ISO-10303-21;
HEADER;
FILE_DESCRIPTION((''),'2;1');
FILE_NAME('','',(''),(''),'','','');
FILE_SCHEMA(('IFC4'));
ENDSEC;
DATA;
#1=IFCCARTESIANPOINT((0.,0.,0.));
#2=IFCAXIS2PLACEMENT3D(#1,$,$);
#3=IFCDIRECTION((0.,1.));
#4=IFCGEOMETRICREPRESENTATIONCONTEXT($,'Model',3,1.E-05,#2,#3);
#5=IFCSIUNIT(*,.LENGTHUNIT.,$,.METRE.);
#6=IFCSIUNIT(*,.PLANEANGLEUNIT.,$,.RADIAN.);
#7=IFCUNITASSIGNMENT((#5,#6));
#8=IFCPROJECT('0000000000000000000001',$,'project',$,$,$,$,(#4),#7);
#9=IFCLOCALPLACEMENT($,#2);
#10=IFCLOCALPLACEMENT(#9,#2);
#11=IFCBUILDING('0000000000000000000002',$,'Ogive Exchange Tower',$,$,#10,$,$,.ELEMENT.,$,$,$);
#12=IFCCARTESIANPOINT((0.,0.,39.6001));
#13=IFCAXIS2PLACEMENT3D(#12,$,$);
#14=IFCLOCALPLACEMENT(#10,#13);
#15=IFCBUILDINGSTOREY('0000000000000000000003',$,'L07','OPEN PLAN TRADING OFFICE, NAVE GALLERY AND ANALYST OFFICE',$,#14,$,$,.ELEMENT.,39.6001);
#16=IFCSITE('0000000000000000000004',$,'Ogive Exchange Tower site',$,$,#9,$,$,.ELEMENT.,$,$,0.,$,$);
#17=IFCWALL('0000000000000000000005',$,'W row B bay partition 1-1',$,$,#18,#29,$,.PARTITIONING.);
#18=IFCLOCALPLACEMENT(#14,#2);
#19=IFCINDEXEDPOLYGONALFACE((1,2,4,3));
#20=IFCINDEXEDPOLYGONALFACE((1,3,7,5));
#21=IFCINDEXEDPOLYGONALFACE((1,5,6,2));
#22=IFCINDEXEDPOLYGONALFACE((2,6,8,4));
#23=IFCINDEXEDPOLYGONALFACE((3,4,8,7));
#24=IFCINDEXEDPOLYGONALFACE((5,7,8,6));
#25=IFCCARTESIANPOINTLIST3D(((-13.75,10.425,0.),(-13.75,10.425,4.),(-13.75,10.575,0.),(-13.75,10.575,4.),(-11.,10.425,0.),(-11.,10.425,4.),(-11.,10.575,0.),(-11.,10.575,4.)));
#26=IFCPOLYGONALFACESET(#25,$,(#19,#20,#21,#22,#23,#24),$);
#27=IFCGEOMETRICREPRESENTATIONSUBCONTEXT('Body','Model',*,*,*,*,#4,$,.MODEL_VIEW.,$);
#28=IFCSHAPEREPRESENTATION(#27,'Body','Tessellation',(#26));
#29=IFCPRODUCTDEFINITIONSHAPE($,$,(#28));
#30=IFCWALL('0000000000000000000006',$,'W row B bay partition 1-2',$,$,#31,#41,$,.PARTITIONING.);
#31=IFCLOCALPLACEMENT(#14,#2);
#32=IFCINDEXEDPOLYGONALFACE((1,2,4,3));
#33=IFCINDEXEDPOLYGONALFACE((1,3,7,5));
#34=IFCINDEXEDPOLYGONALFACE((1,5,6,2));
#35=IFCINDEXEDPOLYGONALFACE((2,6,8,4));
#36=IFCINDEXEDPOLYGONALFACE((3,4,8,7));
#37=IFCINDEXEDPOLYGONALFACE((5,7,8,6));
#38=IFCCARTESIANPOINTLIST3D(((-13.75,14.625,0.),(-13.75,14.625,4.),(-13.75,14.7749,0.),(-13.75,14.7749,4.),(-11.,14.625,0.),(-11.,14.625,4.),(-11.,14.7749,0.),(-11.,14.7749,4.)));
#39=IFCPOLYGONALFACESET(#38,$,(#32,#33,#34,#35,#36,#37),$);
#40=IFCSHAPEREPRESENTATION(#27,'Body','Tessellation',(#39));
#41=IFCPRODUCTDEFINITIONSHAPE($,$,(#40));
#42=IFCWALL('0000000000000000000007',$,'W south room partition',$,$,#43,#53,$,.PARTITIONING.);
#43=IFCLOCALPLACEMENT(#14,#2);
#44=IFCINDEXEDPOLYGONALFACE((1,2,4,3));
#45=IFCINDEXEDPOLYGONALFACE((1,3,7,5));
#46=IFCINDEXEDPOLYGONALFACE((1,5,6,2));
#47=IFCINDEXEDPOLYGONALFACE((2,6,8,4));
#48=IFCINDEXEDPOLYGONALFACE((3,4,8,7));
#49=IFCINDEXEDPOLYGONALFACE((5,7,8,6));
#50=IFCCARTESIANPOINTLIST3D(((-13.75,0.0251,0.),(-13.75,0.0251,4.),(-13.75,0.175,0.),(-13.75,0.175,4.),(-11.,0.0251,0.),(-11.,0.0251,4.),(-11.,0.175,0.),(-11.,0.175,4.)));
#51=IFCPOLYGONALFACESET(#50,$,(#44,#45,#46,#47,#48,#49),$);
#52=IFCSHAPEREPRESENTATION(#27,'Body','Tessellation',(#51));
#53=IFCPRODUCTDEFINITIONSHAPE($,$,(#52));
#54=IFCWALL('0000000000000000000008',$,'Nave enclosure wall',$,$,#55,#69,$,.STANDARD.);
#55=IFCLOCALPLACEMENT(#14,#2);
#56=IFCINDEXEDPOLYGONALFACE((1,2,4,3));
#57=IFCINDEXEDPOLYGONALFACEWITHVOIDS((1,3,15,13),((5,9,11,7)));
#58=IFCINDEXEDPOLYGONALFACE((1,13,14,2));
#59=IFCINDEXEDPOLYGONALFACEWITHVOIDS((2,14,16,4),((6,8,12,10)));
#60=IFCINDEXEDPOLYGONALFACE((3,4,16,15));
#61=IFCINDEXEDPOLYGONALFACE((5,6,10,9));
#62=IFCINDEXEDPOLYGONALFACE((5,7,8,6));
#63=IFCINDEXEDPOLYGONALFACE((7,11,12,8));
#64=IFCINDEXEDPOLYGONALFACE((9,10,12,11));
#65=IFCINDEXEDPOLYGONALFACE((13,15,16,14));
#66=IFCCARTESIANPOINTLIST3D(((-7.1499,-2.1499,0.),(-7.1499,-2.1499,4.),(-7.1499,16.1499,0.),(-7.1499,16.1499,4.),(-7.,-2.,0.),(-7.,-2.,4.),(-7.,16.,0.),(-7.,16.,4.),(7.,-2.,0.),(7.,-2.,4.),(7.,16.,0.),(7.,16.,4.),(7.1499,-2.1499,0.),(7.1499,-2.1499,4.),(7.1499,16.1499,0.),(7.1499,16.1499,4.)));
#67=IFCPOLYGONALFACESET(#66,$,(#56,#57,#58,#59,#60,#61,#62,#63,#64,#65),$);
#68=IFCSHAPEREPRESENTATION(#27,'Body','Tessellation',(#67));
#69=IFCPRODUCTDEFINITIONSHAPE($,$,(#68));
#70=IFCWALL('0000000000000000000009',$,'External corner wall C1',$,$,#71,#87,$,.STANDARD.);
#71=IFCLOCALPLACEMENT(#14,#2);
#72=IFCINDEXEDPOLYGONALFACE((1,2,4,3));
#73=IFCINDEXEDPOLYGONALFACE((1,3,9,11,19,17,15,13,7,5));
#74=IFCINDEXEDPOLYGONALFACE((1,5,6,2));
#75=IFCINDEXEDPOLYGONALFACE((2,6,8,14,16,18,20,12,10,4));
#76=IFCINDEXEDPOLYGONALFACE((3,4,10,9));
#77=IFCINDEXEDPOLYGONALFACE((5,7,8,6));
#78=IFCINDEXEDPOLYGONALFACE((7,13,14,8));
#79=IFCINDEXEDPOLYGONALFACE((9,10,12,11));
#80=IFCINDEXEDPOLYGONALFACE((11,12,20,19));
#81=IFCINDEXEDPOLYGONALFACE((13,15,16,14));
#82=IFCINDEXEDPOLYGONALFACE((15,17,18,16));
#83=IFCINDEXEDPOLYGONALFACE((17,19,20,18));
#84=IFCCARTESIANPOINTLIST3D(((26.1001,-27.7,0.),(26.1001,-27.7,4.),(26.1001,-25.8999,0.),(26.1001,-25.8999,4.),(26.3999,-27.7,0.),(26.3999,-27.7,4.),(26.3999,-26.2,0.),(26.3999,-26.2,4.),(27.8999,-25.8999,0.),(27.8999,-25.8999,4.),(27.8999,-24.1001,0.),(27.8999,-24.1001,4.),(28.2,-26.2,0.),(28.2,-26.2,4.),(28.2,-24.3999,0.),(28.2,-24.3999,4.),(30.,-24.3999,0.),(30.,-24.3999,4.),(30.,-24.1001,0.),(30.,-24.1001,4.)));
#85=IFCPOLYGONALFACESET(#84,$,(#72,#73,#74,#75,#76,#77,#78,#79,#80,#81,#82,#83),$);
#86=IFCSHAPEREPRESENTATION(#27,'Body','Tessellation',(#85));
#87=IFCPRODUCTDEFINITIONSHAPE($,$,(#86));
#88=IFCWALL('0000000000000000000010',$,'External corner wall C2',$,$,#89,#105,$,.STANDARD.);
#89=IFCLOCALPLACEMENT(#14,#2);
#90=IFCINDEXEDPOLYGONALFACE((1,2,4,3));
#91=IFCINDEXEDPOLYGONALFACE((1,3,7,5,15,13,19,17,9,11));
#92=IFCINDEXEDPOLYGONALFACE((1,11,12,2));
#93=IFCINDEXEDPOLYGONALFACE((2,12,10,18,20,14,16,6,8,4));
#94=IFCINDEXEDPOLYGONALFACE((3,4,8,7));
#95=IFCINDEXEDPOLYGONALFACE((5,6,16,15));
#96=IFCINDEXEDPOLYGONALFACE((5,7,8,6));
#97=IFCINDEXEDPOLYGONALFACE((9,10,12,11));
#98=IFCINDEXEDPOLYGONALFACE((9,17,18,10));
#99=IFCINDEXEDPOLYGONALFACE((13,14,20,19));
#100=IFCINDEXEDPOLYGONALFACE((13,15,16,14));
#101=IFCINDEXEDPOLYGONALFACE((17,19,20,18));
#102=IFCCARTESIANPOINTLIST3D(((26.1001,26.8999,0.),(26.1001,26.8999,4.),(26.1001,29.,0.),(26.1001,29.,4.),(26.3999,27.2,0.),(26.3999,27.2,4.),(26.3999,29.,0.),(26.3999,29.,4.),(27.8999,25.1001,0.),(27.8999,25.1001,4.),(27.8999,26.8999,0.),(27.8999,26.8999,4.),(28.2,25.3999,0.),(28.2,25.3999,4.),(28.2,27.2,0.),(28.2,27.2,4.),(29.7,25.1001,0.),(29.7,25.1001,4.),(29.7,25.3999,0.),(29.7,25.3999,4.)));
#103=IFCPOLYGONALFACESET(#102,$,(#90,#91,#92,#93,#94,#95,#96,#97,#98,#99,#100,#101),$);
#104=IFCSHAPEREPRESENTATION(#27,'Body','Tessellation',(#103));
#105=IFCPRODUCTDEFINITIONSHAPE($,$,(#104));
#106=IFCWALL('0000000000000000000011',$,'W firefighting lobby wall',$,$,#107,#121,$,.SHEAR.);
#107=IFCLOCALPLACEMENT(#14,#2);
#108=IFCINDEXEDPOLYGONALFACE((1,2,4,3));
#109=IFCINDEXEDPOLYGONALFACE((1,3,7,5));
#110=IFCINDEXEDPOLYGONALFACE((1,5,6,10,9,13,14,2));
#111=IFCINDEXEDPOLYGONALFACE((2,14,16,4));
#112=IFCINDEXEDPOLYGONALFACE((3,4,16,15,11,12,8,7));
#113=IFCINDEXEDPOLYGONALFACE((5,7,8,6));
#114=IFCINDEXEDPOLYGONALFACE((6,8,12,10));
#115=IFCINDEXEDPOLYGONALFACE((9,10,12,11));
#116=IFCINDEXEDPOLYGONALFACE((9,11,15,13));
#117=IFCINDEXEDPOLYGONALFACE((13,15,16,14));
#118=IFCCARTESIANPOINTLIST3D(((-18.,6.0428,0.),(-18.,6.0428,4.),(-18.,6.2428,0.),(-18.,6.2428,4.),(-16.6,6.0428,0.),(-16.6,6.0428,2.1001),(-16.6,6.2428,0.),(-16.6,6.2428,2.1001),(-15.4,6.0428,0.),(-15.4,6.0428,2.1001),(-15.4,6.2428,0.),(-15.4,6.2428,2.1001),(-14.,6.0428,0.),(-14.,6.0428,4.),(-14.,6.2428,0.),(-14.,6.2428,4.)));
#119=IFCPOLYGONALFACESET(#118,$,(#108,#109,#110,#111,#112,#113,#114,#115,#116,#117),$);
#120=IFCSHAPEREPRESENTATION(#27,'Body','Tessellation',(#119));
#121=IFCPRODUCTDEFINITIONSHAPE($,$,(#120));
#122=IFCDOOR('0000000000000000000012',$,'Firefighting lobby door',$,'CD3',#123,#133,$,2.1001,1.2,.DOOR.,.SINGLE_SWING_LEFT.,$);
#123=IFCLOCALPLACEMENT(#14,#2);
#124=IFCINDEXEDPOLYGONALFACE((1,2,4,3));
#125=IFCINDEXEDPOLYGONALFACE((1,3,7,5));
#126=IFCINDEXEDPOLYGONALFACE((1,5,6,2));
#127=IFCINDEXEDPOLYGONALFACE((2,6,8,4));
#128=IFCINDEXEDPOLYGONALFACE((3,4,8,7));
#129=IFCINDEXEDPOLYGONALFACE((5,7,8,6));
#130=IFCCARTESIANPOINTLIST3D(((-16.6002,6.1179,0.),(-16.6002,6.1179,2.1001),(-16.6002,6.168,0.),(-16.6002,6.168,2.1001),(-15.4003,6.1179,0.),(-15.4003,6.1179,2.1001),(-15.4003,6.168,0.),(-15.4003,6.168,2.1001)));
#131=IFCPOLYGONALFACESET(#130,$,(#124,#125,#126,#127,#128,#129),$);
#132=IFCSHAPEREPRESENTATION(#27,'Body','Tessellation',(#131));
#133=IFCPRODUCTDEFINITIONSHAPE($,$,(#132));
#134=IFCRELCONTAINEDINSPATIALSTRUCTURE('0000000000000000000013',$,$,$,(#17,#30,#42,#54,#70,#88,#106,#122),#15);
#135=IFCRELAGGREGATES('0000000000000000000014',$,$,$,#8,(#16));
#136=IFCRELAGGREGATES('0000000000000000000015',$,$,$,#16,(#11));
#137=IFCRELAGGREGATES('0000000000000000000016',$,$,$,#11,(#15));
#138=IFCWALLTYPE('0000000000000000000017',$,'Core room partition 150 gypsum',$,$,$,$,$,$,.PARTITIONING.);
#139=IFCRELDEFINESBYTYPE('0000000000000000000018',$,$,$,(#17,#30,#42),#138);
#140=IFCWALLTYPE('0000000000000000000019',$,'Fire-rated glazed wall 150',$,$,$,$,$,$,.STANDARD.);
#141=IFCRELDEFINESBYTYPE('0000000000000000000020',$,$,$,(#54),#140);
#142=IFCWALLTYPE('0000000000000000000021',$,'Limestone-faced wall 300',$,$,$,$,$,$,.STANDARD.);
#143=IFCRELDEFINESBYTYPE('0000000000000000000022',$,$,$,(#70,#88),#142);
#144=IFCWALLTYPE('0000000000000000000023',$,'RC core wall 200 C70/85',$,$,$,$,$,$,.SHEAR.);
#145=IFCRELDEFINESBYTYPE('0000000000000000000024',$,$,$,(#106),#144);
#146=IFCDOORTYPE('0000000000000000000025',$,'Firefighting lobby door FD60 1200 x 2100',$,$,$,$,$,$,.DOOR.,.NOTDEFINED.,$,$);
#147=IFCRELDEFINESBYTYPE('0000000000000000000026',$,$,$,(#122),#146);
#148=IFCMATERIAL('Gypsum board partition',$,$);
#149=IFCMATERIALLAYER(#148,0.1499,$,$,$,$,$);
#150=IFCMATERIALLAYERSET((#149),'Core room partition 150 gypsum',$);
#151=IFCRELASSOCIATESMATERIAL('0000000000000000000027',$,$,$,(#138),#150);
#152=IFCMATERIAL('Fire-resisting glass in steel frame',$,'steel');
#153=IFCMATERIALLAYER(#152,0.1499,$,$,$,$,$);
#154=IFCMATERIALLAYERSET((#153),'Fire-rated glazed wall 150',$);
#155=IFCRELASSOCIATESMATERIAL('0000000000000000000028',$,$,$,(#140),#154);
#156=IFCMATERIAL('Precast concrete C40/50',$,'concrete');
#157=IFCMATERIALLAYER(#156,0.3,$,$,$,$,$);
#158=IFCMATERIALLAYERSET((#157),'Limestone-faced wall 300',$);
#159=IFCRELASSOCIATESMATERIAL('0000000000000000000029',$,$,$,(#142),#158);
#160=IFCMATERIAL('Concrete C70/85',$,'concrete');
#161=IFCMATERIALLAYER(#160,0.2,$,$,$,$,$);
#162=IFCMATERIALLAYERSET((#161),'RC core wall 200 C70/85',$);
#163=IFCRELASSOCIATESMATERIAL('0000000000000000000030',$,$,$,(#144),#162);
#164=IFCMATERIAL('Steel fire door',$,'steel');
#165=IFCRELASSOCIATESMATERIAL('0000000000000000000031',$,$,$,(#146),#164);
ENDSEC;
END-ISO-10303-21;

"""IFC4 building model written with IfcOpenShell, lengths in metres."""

from ifc_helpers import new_model, si_unit, direction, frame, frame_2d, origin, place, context, subcontext, project, spatial, polyline, rectangle, outline, extrude, material, layer, layer_set, type_object, element, fill, save


model = new_model("IFC4")

# Units and contexts
model_context = context("Model", 3, precision=1e-05, world=origin(), true_north=direction((0.0, 1.0)))
body_context = subcontext(model_context, "Body", "Model", "MODEL_VIEW")
ifc_project = project(units=[si_unit("LENGTHUNIT", "METRE"), si_unit("PLANEANGLEUNIT", "RADIAN")], contexts=[model_context])

# Site, building, storey
site_placement = place(None, origin())
site = spatial("IfcSite", under=ifc_project, at=site_placement, Name="Ogive Exchange Tower site", CompositionType="ELEMENT", RefElevation=0.0)
building_placement = place(site_placement, origin())
building = spatial("IfcBuilding", under=site, at=building_placement, Name="Ogive Exchange Tower", CompositionType="ELEMENT")
storey_placement = place(building_placement, frame((0.0, 0.0, 39.6001)))
storey = spatial("IfcBuildingStorey", under=building, at=storey_placement, Name="L07", Description="OPEN PLAN TRADING OFFICE, NAVE GALLERY AND ANALYST OFFICE", CompositionType="ELEMENT", Elevation=39.6001)

# Walls
ifc_material_1 = material(Name="Gypsum board partition")
ifc_layer_1 = layer(ifc_material_1, 0.1499)
ifc_layer_set_1 = layer_set([ifc_layer_1], Name="Core room partition 150 gypsum")
wall_type_1 = type_object("IfcWallType", Name="Core room partition 150 gypsum", PredefinedType="PARTITIONING", material=ifc_layer_set_1)
for number, where, z_axis, x_axis, name in (
    (1, (-13.75, 10.5, 0.0), (0.0, 0.0, 1.0), (1.0, 0.0, 0.0), "W row B bay partition 1-1"),
    (2, (-13.75, 14.7, 0.0), (0.0, 0.0, 1.0), (1.0, 0.0, 0.0), "W row B bay partition 1-2"),
    (3, (-13.75, 0.1001, 0.0), (0.0, 0.0, 1.0), (1.0, 0.0, 0.0), "W south room partition"),
):
    element("IfcWall", number, at=place(storey_placement, frame(where, z_axis=z_axis, x_axis=x_axis)), inside=storey, type_object=wall_type_1, Name=name, PredefinedType="PARTITIONING", context=body_context, shape_type="SweptSolid", body=[
        extrude(rectangle(XDim=2.75, YDim=0.1499, at=frame_2d((1.375, 0.0))), origin(), (0.0, 0.0, 1.0), 4.0),
    ])
ifc_material_2 = material(Name="Fire-resisting glass in steel frame", Category="steel")
ifc_layer_2 = layer(ifc_material_2, 0.1499)
ifc_layer_set_2 = layer_set([ifc_layer_2], Name="Fire-rated glazed wall 150")
wall_type_2 = type_object("IfcWallType", Name="Fire-rated glazed wall 150", PredefinedType="STANDARD", material=ifc_layer_set_2)
wall_1_placement = place(storey_placement, origin())
element("IfcWall", 4, at=wall_1_placement, inside=storey, type_object=wall_type_2, Name="Nave enclosure wall", PredefinedType="STANDARD", context=body_context, shape_type="SweptSolid", body=[
    extrude(outline(polyline([(-7.1499, -2.1499), (7.1499, -2.1499), (7.1499, 16.1499), (-7.1499, 16.1499), (-7.1499, -2.1499)]), holes=[polyline([(-7.0, -2.0), (-7.0, 16.0), (7.0, 16.0), (7.0, -2.0), (-7.0, -2.0)])]), origin(), (0.0, 0.0, 1.0), 4.0),
])
ifc_material_3 = material(Name="Precast concrete C40/50", Category="concrete")
ifc_layer_3 = layer(ifc_material_3, 0.3)
ifc_layer_set_3 = layer_set([ifc_layer_3], Name="Limestone-faced wall 300")
wall_type_3 = type_object("IfcWallType", Name="Limestone-faced wall 300", PredefinedType="STANDARD", material=ifc_layer_set_3)
wall_2_placement = place(storey_placement, origin())
element("IfcWall", 5, at=wall_2_placement, inside=storey, type_object=wall_type_3, Name="External corner wall C1", PredefinedType="STANDARD", context=body_context, shape_type="SweptSolid", body=[
    extrude(outline(polyline([(27.8999, -25.8999), (27.8999, -24.1001), (30.0, -24.1001), (30.0, -24.3999), (28.2, -24.3999), (28.2, -26.2), (26.3999, -26.2), (26.3999, -27.7), (26.1001, -27.7), (26.1001, -25.8999), (27.8999, -25.8999)])), origin(), (0.0, 0.0, 1.0), 4.0),
])
wall_3_placement = place(storey_placement, origin())
element("IfcWall", 6, at=wall_3_placement, inside=storey, type_object=wall_type_3, Name="External corner wall C2", PredefinedType="STANDARD", context=body_context, shape_type="SweptSolid", body=[
    extrude(outline(polyline([(27.8999, 26.8999), (26.1001, 26.8999), (26.1001, 29.0), (26.3999, 29.0), (26.3999, 27.2), (28.2, 27.2), (28.2, 25.3999), (29.7, 25.3999), (29.7, 25.1001), (27.8999, 25.1001), (27.8999, 26.8999)])), origin(), (0.0, 0.0, 1.0), 4.0),
])

# Wall, opening, door
ifc_material_4 = material(Name="Concrete C70/85", Category="concrete")
ifc_layer_4 = layer(ifc_material_4, 0.2)
ifc_layer_set_4 = layer_set([ifc_layer_4], Name="RC core wall 200 C70/85")
wall_type_4 = type_object("IfcWallType", Name="RC core wall 200 C70/85", PredefinedType="SHEAR", material=ifc_layer_set_4)
wall_4_placement = place(storey_placement, frame((-18.0, 6.1428, 0.0), z_axis=(0.0, 0.0, 1.0), x_axis=(1.0, 0.0, 0.0)))
wall_4 = element("IfcWall", 7, at=wall_4_placement, inside=storey, type_object=wall_type_4, Name="W firefighting lobby wall", PredefinedType="SHEAR", context=body_context, shape_type="SweptSolid", body=[
    extrude(rectangle(XDim=4.0, YDim=0.2, at=frame_2d((2.0, 0.0))), origin(), (0.0, 0.0, 1.0), 4.0),
])
opening_1_placement = place(wall_4_placement, frame((1.3999, 0.0, 0.0)))
opening_1 = element("IfcOpeningElement", 8, at=opening_1_placement, cuts=wall_4, PredefinedType="OPENING", context=body_context, shape_type="SweptSolid", body=[
    extrude(rectangle(XDim=1.2, YDim=2.1001, at=frame_2d((0.6001, 1.05))), frame((0.0, 0.1099, 0.0), z_axis=(0.0, -1.0, 0.0), x_axis=(1.0, 0.0, 0.0)), (0.0, 0.0, 1.0), 0.22),
])
ifc_material_5 = material(Name="Steel fire door", Category="steel")
door_type_1 = type_object("IfcDoorType", Name="Firefighting lobby door FD60 1200 x 2100", OperationType="NOTDEFINED", PredefinedType="DOOR", material=ifc_material_5)
door_1_placement = place(opening_1_placement, frame((1.2, 0.0, 0.0), z_axis=(0.0, 0.0, 1.0), x_axis=(-1.0, 0.0, 0.0)))
door_1 = element("IfcDoor", 9, at=door_1_placement, inside=storey, type_object=door_type_1, Name="Firefighting lobby door", ObjectType="CD3", OperationType="SINGLE_SWING_LEFT", OverallHeight=2.1001, OverallWidth=1.2, PredefinedType="DOOR", context=body_context, shape_type="SweptSolid", body=[
    extrude(rectangle(XDim=1.2, YDim=2.1001, at=frame_2d((0.6001, 1.05))), frame((0.0, 0.0249, 0.0), z_axis=(0.0, -1.0, 0.0), x_axis=(1.0, 0.0, 0.0)), (0.0, 0.0, 1.0), 0.05),
])
fill(opening_1, door_1)

save(model, "model.ifc")
